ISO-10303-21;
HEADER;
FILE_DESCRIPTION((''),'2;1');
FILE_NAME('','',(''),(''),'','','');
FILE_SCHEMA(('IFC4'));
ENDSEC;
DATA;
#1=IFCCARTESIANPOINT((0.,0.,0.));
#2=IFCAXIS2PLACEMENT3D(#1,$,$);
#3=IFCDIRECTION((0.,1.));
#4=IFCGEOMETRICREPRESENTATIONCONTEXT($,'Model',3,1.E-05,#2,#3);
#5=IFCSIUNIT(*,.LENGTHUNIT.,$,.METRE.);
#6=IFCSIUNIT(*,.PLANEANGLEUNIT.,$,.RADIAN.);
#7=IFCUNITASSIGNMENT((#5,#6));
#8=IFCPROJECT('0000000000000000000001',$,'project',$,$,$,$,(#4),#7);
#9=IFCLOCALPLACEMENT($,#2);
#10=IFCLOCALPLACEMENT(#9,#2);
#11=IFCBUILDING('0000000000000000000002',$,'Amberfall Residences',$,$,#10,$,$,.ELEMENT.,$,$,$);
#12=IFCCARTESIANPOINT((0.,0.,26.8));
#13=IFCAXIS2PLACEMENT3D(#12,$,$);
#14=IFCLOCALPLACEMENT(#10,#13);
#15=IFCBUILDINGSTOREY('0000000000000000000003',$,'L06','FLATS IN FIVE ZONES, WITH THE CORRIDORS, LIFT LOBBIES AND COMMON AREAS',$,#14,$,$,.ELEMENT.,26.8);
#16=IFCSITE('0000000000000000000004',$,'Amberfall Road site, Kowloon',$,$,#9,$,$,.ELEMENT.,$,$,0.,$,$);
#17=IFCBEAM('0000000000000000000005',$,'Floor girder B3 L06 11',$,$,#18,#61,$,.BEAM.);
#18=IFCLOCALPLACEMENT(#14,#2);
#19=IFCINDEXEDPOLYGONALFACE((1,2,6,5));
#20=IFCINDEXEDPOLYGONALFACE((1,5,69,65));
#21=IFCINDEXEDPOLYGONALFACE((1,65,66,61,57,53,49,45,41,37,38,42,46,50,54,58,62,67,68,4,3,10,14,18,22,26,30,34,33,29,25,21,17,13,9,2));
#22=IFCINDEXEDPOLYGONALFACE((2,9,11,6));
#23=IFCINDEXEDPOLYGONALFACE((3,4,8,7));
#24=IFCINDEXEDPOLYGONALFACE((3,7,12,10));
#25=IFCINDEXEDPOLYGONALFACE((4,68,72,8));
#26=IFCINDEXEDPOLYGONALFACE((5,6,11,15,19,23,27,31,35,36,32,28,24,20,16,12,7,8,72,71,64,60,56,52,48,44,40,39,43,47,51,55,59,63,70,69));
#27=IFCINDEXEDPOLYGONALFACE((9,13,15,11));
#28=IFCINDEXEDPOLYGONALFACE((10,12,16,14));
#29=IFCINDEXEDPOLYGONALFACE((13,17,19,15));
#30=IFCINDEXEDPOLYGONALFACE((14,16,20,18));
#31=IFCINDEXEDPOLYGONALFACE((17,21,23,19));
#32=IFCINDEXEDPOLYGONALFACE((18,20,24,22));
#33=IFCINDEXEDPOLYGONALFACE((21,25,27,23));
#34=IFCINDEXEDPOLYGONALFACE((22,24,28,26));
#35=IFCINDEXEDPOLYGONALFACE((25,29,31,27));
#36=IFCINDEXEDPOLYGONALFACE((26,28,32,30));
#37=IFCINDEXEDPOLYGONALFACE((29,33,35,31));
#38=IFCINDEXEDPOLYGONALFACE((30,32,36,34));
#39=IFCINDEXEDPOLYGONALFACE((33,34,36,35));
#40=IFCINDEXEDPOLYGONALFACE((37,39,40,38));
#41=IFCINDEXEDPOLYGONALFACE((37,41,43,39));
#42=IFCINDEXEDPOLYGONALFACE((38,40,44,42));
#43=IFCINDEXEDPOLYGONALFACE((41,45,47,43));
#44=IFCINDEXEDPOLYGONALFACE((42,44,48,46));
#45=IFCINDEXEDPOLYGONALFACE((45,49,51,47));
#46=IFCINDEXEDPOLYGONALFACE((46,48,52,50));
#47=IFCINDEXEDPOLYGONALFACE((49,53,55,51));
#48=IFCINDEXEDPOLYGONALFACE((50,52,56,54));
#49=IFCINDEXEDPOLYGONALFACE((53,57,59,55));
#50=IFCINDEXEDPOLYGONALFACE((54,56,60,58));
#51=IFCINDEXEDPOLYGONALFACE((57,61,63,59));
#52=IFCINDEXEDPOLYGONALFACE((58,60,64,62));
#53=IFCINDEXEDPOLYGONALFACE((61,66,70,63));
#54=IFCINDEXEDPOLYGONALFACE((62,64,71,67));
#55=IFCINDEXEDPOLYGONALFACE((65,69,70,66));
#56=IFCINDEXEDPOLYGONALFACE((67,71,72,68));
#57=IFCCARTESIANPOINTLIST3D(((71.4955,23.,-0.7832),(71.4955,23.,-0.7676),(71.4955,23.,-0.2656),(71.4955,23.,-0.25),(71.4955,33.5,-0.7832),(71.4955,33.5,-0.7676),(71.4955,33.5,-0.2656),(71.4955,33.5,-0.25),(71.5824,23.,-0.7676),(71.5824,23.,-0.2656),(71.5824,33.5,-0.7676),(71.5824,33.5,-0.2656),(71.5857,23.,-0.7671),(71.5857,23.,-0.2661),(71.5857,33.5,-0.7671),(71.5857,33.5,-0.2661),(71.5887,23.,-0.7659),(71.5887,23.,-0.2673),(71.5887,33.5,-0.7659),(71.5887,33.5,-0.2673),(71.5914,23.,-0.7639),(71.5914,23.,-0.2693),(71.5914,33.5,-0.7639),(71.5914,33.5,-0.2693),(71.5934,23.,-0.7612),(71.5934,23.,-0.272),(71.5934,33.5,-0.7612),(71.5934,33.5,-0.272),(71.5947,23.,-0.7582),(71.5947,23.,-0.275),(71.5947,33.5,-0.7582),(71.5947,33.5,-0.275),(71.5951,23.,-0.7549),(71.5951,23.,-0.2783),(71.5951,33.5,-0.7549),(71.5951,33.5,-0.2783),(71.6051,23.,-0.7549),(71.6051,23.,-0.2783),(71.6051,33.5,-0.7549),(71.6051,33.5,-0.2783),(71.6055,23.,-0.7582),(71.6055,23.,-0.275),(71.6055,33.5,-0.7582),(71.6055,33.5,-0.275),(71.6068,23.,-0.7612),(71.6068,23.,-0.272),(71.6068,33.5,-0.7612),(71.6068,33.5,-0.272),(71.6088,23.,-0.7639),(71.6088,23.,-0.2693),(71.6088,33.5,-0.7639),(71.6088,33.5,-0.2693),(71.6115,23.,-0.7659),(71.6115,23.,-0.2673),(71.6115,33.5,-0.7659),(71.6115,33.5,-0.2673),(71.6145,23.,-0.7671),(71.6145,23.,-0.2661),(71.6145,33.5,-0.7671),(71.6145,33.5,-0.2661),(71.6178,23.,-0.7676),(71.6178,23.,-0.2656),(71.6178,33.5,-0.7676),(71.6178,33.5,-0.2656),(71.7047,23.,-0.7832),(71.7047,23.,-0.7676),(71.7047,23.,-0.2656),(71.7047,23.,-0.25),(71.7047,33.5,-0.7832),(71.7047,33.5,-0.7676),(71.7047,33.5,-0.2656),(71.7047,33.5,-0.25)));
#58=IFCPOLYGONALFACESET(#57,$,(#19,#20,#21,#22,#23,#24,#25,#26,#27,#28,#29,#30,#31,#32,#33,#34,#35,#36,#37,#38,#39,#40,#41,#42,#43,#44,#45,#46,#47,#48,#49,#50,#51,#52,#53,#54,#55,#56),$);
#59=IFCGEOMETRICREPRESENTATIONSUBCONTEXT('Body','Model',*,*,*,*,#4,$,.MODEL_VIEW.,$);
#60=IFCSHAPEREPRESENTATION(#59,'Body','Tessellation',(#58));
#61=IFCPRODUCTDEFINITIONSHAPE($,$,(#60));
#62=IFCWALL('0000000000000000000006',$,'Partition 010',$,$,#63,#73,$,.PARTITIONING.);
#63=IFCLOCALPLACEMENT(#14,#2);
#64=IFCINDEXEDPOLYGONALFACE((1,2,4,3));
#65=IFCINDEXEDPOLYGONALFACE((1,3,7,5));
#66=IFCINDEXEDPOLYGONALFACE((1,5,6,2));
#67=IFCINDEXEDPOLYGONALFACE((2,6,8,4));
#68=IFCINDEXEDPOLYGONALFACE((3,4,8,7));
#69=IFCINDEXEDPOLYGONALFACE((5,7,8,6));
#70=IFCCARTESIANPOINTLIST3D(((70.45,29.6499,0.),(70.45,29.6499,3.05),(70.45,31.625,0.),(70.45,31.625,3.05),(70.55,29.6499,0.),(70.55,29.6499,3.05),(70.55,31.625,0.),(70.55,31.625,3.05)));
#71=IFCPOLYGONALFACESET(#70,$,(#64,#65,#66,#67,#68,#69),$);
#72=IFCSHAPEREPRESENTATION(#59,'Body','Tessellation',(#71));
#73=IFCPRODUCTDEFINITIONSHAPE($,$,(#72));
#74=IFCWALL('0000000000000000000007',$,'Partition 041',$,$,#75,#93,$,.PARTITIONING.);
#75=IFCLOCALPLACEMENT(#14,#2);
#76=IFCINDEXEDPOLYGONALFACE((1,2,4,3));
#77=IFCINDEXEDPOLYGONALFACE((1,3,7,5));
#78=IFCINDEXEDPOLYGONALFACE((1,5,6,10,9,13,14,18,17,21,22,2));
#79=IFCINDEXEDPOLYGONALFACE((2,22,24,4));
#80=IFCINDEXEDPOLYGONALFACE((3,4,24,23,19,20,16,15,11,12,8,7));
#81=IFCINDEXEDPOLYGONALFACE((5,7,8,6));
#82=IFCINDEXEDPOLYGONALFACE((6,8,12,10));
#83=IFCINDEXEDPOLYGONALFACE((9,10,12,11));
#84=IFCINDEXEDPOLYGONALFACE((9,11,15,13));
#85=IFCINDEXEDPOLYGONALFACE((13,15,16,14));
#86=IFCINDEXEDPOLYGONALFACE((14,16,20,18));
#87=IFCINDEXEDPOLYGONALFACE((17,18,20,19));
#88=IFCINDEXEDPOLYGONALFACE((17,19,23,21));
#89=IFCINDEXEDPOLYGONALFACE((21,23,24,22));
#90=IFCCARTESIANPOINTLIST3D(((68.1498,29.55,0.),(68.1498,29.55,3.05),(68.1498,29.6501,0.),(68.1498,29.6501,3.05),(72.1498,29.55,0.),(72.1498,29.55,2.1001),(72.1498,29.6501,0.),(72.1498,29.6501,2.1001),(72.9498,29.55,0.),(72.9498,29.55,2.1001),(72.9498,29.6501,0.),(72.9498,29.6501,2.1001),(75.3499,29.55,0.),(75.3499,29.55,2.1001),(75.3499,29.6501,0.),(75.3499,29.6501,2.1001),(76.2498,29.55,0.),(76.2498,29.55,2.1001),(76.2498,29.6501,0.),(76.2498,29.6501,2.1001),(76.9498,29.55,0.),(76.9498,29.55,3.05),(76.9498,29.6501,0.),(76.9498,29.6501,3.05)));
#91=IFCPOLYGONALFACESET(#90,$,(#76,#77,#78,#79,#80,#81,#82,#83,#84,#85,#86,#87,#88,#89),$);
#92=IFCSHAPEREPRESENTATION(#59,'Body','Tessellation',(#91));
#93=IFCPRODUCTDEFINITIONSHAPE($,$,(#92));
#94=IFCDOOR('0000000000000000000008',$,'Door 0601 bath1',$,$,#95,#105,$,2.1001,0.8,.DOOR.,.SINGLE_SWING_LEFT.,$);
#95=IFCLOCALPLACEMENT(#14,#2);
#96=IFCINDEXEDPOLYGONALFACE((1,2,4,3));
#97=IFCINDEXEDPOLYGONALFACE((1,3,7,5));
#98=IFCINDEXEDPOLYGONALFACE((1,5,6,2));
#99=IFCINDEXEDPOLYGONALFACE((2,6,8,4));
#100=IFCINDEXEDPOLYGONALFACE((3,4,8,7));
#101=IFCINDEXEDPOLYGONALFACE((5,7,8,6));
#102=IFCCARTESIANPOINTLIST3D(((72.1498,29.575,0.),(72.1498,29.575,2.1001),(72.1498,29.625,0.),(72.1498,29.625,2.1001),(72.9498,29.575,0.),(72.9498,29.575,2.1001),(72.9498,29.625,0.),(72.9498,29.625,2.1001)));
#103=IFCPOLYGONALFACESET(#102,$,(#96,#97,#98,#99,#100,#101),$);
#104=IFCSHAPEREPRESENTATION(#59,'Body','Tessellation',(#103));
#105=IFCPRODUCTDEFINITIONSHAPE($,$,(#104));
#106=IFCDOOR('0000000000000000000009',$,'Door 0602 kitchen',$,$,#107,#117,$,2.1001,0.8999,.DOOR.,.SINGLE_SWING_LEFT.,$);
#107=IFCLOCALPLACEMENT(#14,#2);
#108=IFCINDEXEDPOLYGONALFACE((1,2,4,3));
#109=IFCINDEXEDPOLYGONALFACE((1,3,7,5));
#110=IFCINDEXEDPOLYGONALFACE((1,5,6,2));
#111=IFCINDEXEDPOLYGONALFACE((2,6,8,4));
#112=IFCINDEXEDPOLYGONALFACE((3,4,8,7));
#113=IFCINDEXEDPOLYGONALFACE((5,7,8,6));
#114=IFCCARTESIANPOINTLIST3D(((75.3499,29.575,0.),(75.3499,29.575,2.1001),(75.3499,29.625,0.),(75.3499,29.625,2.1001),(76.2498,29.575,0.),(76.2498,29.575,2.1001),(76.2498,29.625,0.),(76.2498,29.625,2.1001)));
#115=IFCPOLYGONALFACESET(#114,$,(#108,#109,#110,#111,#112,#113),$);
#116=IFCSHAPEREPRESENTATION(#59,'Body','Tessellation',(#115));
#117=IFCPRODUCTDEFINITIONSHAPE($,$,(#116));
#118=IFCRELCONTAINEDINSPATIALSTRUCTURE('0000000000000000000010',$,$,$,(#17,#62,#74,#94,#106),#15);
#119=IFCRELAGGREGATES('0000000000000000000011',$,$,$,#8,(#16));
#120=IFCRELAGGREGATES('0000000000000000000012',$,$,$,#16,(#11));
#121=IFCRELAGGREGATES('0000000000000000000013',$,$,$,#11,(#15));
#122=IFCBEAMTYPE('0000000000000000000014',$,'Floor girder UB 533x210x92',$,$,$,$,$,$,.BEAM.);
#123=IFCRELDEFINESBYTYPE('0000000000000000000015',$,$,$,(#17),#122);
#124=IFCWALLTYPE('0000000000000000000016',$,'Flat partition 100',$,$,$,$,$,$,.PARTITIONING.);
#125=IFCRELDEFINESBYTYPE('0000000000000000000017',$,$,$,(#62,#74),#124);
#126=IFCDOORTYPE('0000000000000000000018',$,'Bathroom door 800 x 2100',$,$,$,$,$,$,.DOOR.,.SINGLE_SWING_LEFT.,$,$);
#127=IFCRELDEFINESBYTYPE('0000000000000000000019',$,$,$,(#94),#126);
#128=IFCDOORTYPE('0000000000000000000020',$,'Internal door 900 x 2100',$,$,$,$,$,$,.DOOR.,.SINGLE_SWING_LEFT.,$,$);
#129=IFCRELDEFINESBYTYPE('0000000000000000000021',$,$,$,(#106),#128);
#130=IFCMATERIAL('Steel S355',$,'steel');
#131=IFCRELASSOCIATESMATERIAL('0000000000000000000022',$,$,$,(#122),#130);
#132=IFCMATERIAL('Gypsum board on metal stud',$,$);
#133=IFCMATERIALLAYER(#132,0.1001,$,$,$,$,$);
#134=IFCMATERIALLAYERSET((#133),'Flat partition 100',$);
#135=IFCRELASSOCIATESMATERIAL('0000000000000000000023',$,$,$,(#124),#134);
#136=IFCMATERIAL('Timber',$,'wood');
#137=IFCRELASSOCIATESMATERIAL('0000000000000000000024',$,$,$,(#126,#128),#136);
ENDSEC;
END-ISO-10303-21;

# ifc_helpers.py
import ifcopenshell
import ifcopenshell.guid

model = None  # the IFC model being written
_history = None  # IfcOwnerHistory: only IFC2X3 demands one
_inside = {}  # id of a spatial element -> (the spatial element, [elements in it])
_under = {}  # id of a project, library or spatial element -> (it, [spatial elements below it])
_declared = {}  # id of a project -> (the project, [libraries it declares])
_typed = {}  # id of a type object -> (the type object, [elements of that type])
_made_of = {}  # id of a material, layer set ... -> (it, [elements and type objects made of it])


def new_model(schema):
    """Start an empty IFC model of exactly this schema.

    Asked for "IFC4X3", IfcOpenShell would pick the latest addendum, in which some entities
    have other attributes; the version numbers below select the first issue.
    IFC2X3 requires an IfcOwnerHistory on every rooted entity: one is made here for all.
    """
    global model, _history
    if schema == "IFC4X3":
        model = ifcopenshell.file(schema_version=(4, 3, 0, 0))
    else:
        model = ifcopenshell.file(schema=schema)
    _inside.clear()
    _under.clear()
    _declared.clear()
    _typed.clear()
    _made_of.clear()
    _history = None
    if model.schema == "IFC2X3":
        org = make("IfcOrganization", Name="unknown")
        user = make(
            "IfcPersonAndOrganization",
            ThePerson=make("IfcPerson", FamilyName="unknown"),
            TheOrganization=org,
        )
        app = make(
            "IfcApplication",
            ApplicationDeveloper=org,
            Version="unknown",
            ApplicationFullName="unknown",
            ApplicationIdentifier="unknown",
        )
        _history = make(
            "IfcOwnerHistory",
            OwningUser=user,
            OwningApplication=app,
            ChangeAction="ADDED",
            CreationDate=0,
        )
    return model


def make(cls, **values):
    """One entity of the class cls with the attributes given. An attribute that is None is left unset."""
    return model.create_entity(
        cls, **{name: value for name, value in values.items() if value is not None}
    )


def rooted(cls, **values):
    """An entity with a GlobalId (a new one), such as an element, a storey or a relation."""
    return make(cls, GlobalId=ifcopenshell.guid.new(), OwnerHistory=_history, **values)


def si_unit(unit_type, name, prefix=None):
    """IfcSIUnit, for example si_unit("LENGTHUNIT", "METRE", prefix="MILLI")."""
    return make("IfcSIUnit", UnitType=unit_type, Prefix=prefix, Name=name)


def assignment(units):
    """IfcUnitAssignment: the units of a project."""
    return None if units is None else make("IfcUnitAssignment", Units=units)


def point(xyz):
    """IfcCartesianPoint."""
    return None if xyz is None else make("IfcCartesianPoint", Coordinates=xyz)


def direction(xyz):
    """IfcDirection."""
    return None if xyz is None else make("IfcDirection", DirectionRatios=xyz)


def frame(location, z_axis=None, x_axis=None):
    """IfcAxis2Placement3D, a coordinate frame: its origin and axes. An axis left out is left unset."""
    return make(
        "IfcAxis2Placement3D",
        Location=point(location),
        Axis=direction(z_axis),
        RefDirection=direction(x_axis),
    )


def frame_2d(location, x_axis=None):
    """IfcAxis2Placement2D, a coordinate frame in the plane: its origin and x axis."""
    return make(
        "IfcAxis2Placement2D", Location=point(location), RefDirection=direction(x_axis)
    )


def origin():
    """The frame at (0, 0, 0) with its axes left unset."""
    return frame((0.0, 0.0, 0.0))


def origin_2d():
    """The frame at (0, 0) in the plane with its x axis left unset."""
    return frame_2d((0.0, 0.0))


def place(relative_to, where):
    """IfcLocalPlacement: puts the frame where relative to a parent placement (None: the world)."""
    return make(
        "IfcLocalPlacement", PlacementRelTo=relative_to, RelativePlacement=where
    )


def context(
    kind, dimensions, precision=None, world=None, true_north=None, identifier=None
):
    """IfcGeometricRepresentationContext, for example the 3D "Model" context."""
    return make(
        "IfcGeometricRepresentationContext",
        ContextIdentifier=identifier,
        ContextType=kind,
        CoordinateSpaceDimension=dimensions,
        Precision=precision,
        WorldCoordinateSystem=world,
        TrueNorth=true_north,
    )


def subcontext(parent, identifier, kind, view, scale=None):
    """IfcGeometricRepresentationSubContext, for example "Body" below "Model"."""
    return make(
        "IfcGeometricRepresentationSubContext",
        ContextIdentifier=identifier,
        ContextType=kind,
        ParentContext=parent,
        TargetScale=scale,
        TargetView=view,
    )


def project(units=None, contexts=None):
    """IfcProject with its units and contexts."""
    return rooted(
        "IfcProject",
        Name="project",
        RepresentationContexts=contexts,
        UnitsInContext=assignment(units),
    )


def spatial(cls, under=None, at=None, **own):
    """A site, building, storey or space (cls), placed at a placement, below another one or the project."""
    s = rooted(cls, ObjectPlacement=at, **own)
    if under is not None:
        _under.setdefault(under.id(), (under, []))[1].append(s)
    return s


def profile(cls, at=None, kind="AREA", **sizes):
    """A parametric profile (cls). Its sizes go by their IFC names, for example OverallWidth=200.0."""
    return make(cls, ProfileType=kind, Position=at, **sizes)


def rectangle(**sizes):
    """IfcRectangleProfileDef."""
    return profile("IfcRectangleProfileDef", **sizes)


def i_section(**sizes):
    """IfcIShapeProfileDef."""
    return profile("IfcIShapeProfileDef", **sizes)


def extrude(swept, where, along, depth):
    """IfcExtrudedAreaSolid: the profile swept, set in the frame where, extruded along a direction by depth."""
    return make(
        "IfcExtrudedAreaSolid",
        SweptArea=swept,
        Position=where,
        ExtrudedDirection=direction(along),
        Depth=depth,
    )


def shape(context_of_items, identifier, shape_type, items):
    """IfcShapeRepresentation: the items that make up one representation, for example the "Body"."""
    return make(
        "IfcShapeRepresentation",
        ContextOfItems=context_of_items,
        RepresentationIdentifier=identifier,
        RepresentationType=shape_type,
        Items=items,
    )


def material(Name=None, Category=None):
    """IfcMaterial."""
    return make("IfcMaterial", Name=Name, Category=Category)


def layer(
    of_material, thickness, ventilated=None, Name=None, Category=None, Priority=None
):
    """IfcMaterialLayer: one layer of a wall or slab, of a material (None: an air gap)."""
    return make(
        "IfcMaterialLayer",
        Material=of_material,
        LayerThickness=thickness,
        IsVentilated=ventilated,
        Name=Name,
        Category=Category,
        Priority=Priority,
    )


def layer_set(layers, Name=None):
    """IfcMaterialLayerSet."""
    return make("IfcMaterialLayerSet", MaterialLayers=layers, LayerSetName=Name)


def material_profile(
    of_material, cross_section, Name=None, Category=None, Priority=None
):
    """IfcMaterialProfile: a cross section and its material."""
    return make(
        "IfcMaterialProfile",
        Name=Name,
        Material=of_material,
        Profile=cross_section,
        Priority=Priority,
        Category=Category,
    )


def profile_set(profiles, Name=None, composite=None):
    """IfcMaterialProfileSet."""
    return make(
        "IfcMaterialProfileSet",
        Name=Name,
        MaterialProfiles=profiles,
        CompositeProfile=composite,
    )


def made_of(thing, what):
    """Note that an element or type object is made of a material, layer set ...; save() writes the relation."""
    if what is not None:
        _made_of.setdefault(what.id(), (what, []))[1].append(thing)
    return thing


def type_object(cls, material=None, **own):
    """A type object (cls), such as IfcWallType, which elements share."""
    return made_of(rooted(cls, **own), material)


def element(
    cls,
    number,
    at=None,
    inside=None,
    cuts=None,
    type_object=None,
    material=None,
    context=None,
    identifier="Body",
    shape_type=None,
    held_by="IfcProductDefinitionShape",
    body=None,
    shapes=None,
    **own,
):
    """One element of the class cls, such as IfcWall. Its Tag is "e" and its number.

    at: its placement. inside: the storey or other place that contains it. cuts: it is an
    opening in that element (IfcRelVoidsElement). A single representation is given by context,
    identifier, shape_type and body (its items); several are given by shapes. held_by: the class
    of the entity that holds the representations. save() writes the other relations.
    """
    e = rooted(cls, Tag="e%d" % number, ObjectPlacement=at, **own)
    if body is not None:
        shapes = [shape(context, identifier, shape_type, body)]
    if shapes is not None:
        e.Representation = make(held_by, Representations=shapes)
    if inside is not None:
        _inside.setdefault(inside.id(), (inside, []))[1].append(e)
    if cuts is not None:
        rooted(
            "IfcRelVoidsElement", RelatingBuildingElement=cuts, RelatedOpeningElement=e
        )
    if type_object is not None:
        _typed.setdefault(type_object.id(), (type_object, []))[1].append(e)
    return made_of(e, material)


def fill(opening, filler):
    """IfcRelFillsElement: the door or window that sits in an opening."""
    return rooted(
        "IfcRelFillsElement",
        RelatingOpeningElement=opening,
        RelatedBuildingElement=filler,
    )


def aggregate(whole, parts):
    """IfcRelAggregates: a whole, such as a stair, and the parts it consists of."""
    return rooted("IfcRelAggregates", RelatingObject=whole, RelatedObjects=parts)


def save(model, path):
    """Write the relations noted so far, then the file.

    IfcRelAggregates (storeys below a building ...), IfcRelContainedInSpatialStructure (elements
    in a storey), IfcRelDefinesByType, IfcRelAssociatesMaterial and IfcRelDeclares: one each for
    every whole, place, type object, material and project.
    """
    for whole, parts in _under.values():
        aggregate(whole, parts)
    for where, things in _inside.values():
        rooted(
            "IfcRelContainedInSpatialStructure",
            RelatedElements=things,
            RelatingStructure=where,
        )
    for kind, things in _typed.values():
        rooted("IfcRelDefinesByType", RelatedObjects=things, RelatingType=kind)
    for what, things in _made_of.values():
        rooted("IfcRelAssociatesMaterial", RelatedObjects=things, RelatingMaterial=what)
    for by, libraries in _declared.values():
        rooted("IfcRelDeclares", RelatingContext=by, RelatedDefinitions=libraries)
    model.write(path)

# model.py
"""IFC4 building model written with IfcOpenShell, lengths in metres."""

from ifc_helpers import new_model, si_unit, direction, frame, frame_2d, origin, origin_2d, place, context, subcontext, project, spatial, rectangle, i_section, extrude, material, layer, layer_set, material_profile, profile_set, type_object, element, fill, save


model = new_model("IFC4")

# Units and contexts
model_context = context("Model", 3, precision=1e-05, world=origin(), true_north=direction((0.0, 1.0)))
body_context = subcontext(model_context, "Body", "Model", "MODEL_VIEW")
ifc_project = project(units=[si_unit("LENGTHUNIT", "METRE"), si_unit("PLANEANGLEUNIT", "RADIAN")], contexts=[model_context])

# Site, building, storey
site_placement = place(None, origin())
site = spatial("IfcSite", under=ifc_project, at=site_placement, Name="Amberfall Road site, Kowloon", CompositionType="ELEMENT", RefElevation=0.0)
building_placement = place(site_placement, origin())
building = spatial("IfcBuilding", under=site, at=building_placement, Name="Amberfall Residences", CompositionType="ELEMENT")
storey_placement = place(building_placement, frame((0.0, 0.0, 26.8)))
storey = spatial("IfcBuildingStorey", under=building, at=storey_placement, Name="L06", Description="FLATS IN FIVE ZONES, WITH THE CORRIDORS, LIFT LOBBIES AND COMMON AREAS", CompositionType="ELEMENT", Elevation=26.8)

# Beam
ifc_material_1 = material(Name="Steel S355", Category="steel")
ifc_material_profile_1 = material_profile(ifc_material_1, i_section(OverallWidth=0.2092, OverallDepth=0.5332, WebThickness=0.01, FlangeThickness=0.0156, FilletRadius=0.0127, at=origin_2d()), Name="UB 533x210x92")
ifc_profile_set_1 = profile_set([ifc_material_profile_1], Name="Steel S355")
beam_type_1 = type_object("IfcBeamType", Name="Floor girder UB 533x210x92", PredefinedType="BEAM", material=ifc_profile_set_1)
for number, where, z_axis, x_axis, name in (
    (1, (71.6001, 23.0, -0.5166), (0.0, 1.0, 0.0), (-1.0, 0.0, 0.0), "Floor girder B3 L06 11"),
):
    element("IfcBeam", number, at=place(storey_placement, frame(where, z_axis=z_axis, x_axis=x_axis)), inside=storey, type_object=beam_type_1, Name=name, PredefinedType="BEAM", context=body_context, shape_type="SweptSolid", body=[
        extrude(i_section(OverallWidth=0.2092, OverallDepth=0.5332, WebThickness=0.01, FlangeThickness=0.0156, FilletRadius=0.0127, at=origin_2d()), origin(), (0.0, 0.0, 1.0), 10.5),
    ])

# Wall
ifc_material_2 = material(Name="Gypsum board on metal stud")
ifc_layer_1 = layer(ifc_material_2, 0.1001)
ifc_layer_set_1 = layer_set([ifc_layer_1], Name="Flat partition 100")
wall_type_1 = type_object("IfcWallType", Name="Flat partition 100", PredefinedType="PARTITIONING", material=ifc_layer_set_1)
wall_1_placement = place(storey_placement, frame((70.5, 29.6499, 0.0), z_axis=(0.0, 0.0, 1.0), x_axis=(0.0, 1.0, 0.0)))
element("IfcWall", 2, at=wall_1_placement, inside=storey, type_object=wall_type_1, Name="Partition 010", PredefinedType="PARTITIONING", context=body_context, shape_type="SweptSolid", body=[
    extrude(rectangle(XDim=1.9751, YDim=0.1001, at=frame_2d((0.9875, 0.0))), origin(), (0.0, 0.0, 1.0), 3.05),
])

# Wall, openings, doors
wall_2_placement = place(storey_placement, frame((68.1499, 29.6001, 0.0), z_axis=(0.0, 0.0, 1.0), x_axis=(1.0, 0.0, 0.0)))
wall_2 = element("IfcWall", 3, at=wall_2_placement, inside=storey, type_object=wall_type_1, Name="Partition 041", PredefinedType="PARTITIONING", context=body_context, shape_type="SweptSolid", body=[
    extrude(rectangle(XDim=8.8, YDim=0.1001, at=frame_2d((4.3999, 0.0))), origin(), (0.0, 0.0, 1.0), 3.05),
])
opening_1_placement = place(wall_2_placement, frame((4.0, 0.0, 0.0)))
opening_1 = element("IfcOpeningElement", 4, at=opening_1_placement, cuts=wall_2, PredefinedType="OPENING", context=body_context, shape_type="SweptSolid", body=[
    extrude(rectangle(XDim=0.8, YDim=2.1001, at=frame_2d((0.3999, 1.05))), frame((0.0, 0.0601, 0.0), z_axis=(0.0, -1.0, 0.0), x_axis=(1.0, 0.0, 0.0)), (0.0, 0.0, 1.0), 0.1201),
])
opening_2_placement = place(wall_2_placement, frame((7.2, 0.0, 0.0)))
opening_2 = element("IfcOpeningElement", 5, at=opening_2_placement, cuts=wall_2, PredefinedType="OPENING", context=body_context, shape_type="SweptSolid", body=[
    extrude(rectangle(XDim=0.8999, YDim=2.1001, at=frame_2d((0.45, 1.05))), frame((0.0, 0.0601, 0.0), z_axis=(0.0, -1.0, 0.0), x_axis=(1.0, 0.0, 0.0)), (0.0, 0.0, 1.0), 0.1201),
])
ifc_material_3 = material(Name="Timber", Category="wood")
door_type_1 = type_object("IfcDoorType", Name="Bathroom door 800 x 2100", OperationType="SINGLE_SWING_LEFT", PredefinedType="DOOR", material=ifc_material_3)
door_1_placement = place(opening_1_placement, origin())
door_1 = element("IfcDoor", 6, at=door_1_placement, inside=storey, type_object=door_type_1, Name="Door 0601 bath1", OperationType="SINGLE_SWING_LEFT", OverallHeight=2.1001, OverallWidth=0.8, PredefinedType="DOOR", context=body_context, shape_type="SweptSolid", body=[
    extrude(rectangle(XDim=0.8, YDim=2.1001, at=frame_2d((0.3999, 1.05))), frame((0.0, 0.0249, 0.0), z_axis=(0.0, -1.0, 0.0), x_axis=(1.0, 0.0, 0.0)), (0.0, 0.0, 1.0), 0.05),
])
fill(opening_1, door_1)
door_type_2 = type_object("IfcDoorType", Name="Internal door 900 x 2100", OperationType="SINGLE_SWING_LEFT", PredefinedType="DOOR", material=ifc_material_3)
door_2_placement = place(opening_2_placement, origin())
door_2 = element("IfcDoor", 7, at=door_2_placement, inside=storey, type_object=door_type_2, Name="Door 0602 kitchen", OperationType="SINGLE_SWING_LEFT", OverallHeight=2.1001, OverallWidth=0.8999, PredefinedType="DOOR", context=body_context, shape_type="SweptSolid", body=[
    extrude(rectangle(XDim=0.8999, YDim=2.1001, at=frame_2d((0.45, 1.05))), frame((0.0, 0.0249, 0.0), z_axis=(0.0, -1.0, 0.0), x_axis=(1.0, 0.0, 0.0)), (0.0, 0.0, 1.0), 0.05),
])
fill(opening_2, door_2)

save(model, "model.ifc")
